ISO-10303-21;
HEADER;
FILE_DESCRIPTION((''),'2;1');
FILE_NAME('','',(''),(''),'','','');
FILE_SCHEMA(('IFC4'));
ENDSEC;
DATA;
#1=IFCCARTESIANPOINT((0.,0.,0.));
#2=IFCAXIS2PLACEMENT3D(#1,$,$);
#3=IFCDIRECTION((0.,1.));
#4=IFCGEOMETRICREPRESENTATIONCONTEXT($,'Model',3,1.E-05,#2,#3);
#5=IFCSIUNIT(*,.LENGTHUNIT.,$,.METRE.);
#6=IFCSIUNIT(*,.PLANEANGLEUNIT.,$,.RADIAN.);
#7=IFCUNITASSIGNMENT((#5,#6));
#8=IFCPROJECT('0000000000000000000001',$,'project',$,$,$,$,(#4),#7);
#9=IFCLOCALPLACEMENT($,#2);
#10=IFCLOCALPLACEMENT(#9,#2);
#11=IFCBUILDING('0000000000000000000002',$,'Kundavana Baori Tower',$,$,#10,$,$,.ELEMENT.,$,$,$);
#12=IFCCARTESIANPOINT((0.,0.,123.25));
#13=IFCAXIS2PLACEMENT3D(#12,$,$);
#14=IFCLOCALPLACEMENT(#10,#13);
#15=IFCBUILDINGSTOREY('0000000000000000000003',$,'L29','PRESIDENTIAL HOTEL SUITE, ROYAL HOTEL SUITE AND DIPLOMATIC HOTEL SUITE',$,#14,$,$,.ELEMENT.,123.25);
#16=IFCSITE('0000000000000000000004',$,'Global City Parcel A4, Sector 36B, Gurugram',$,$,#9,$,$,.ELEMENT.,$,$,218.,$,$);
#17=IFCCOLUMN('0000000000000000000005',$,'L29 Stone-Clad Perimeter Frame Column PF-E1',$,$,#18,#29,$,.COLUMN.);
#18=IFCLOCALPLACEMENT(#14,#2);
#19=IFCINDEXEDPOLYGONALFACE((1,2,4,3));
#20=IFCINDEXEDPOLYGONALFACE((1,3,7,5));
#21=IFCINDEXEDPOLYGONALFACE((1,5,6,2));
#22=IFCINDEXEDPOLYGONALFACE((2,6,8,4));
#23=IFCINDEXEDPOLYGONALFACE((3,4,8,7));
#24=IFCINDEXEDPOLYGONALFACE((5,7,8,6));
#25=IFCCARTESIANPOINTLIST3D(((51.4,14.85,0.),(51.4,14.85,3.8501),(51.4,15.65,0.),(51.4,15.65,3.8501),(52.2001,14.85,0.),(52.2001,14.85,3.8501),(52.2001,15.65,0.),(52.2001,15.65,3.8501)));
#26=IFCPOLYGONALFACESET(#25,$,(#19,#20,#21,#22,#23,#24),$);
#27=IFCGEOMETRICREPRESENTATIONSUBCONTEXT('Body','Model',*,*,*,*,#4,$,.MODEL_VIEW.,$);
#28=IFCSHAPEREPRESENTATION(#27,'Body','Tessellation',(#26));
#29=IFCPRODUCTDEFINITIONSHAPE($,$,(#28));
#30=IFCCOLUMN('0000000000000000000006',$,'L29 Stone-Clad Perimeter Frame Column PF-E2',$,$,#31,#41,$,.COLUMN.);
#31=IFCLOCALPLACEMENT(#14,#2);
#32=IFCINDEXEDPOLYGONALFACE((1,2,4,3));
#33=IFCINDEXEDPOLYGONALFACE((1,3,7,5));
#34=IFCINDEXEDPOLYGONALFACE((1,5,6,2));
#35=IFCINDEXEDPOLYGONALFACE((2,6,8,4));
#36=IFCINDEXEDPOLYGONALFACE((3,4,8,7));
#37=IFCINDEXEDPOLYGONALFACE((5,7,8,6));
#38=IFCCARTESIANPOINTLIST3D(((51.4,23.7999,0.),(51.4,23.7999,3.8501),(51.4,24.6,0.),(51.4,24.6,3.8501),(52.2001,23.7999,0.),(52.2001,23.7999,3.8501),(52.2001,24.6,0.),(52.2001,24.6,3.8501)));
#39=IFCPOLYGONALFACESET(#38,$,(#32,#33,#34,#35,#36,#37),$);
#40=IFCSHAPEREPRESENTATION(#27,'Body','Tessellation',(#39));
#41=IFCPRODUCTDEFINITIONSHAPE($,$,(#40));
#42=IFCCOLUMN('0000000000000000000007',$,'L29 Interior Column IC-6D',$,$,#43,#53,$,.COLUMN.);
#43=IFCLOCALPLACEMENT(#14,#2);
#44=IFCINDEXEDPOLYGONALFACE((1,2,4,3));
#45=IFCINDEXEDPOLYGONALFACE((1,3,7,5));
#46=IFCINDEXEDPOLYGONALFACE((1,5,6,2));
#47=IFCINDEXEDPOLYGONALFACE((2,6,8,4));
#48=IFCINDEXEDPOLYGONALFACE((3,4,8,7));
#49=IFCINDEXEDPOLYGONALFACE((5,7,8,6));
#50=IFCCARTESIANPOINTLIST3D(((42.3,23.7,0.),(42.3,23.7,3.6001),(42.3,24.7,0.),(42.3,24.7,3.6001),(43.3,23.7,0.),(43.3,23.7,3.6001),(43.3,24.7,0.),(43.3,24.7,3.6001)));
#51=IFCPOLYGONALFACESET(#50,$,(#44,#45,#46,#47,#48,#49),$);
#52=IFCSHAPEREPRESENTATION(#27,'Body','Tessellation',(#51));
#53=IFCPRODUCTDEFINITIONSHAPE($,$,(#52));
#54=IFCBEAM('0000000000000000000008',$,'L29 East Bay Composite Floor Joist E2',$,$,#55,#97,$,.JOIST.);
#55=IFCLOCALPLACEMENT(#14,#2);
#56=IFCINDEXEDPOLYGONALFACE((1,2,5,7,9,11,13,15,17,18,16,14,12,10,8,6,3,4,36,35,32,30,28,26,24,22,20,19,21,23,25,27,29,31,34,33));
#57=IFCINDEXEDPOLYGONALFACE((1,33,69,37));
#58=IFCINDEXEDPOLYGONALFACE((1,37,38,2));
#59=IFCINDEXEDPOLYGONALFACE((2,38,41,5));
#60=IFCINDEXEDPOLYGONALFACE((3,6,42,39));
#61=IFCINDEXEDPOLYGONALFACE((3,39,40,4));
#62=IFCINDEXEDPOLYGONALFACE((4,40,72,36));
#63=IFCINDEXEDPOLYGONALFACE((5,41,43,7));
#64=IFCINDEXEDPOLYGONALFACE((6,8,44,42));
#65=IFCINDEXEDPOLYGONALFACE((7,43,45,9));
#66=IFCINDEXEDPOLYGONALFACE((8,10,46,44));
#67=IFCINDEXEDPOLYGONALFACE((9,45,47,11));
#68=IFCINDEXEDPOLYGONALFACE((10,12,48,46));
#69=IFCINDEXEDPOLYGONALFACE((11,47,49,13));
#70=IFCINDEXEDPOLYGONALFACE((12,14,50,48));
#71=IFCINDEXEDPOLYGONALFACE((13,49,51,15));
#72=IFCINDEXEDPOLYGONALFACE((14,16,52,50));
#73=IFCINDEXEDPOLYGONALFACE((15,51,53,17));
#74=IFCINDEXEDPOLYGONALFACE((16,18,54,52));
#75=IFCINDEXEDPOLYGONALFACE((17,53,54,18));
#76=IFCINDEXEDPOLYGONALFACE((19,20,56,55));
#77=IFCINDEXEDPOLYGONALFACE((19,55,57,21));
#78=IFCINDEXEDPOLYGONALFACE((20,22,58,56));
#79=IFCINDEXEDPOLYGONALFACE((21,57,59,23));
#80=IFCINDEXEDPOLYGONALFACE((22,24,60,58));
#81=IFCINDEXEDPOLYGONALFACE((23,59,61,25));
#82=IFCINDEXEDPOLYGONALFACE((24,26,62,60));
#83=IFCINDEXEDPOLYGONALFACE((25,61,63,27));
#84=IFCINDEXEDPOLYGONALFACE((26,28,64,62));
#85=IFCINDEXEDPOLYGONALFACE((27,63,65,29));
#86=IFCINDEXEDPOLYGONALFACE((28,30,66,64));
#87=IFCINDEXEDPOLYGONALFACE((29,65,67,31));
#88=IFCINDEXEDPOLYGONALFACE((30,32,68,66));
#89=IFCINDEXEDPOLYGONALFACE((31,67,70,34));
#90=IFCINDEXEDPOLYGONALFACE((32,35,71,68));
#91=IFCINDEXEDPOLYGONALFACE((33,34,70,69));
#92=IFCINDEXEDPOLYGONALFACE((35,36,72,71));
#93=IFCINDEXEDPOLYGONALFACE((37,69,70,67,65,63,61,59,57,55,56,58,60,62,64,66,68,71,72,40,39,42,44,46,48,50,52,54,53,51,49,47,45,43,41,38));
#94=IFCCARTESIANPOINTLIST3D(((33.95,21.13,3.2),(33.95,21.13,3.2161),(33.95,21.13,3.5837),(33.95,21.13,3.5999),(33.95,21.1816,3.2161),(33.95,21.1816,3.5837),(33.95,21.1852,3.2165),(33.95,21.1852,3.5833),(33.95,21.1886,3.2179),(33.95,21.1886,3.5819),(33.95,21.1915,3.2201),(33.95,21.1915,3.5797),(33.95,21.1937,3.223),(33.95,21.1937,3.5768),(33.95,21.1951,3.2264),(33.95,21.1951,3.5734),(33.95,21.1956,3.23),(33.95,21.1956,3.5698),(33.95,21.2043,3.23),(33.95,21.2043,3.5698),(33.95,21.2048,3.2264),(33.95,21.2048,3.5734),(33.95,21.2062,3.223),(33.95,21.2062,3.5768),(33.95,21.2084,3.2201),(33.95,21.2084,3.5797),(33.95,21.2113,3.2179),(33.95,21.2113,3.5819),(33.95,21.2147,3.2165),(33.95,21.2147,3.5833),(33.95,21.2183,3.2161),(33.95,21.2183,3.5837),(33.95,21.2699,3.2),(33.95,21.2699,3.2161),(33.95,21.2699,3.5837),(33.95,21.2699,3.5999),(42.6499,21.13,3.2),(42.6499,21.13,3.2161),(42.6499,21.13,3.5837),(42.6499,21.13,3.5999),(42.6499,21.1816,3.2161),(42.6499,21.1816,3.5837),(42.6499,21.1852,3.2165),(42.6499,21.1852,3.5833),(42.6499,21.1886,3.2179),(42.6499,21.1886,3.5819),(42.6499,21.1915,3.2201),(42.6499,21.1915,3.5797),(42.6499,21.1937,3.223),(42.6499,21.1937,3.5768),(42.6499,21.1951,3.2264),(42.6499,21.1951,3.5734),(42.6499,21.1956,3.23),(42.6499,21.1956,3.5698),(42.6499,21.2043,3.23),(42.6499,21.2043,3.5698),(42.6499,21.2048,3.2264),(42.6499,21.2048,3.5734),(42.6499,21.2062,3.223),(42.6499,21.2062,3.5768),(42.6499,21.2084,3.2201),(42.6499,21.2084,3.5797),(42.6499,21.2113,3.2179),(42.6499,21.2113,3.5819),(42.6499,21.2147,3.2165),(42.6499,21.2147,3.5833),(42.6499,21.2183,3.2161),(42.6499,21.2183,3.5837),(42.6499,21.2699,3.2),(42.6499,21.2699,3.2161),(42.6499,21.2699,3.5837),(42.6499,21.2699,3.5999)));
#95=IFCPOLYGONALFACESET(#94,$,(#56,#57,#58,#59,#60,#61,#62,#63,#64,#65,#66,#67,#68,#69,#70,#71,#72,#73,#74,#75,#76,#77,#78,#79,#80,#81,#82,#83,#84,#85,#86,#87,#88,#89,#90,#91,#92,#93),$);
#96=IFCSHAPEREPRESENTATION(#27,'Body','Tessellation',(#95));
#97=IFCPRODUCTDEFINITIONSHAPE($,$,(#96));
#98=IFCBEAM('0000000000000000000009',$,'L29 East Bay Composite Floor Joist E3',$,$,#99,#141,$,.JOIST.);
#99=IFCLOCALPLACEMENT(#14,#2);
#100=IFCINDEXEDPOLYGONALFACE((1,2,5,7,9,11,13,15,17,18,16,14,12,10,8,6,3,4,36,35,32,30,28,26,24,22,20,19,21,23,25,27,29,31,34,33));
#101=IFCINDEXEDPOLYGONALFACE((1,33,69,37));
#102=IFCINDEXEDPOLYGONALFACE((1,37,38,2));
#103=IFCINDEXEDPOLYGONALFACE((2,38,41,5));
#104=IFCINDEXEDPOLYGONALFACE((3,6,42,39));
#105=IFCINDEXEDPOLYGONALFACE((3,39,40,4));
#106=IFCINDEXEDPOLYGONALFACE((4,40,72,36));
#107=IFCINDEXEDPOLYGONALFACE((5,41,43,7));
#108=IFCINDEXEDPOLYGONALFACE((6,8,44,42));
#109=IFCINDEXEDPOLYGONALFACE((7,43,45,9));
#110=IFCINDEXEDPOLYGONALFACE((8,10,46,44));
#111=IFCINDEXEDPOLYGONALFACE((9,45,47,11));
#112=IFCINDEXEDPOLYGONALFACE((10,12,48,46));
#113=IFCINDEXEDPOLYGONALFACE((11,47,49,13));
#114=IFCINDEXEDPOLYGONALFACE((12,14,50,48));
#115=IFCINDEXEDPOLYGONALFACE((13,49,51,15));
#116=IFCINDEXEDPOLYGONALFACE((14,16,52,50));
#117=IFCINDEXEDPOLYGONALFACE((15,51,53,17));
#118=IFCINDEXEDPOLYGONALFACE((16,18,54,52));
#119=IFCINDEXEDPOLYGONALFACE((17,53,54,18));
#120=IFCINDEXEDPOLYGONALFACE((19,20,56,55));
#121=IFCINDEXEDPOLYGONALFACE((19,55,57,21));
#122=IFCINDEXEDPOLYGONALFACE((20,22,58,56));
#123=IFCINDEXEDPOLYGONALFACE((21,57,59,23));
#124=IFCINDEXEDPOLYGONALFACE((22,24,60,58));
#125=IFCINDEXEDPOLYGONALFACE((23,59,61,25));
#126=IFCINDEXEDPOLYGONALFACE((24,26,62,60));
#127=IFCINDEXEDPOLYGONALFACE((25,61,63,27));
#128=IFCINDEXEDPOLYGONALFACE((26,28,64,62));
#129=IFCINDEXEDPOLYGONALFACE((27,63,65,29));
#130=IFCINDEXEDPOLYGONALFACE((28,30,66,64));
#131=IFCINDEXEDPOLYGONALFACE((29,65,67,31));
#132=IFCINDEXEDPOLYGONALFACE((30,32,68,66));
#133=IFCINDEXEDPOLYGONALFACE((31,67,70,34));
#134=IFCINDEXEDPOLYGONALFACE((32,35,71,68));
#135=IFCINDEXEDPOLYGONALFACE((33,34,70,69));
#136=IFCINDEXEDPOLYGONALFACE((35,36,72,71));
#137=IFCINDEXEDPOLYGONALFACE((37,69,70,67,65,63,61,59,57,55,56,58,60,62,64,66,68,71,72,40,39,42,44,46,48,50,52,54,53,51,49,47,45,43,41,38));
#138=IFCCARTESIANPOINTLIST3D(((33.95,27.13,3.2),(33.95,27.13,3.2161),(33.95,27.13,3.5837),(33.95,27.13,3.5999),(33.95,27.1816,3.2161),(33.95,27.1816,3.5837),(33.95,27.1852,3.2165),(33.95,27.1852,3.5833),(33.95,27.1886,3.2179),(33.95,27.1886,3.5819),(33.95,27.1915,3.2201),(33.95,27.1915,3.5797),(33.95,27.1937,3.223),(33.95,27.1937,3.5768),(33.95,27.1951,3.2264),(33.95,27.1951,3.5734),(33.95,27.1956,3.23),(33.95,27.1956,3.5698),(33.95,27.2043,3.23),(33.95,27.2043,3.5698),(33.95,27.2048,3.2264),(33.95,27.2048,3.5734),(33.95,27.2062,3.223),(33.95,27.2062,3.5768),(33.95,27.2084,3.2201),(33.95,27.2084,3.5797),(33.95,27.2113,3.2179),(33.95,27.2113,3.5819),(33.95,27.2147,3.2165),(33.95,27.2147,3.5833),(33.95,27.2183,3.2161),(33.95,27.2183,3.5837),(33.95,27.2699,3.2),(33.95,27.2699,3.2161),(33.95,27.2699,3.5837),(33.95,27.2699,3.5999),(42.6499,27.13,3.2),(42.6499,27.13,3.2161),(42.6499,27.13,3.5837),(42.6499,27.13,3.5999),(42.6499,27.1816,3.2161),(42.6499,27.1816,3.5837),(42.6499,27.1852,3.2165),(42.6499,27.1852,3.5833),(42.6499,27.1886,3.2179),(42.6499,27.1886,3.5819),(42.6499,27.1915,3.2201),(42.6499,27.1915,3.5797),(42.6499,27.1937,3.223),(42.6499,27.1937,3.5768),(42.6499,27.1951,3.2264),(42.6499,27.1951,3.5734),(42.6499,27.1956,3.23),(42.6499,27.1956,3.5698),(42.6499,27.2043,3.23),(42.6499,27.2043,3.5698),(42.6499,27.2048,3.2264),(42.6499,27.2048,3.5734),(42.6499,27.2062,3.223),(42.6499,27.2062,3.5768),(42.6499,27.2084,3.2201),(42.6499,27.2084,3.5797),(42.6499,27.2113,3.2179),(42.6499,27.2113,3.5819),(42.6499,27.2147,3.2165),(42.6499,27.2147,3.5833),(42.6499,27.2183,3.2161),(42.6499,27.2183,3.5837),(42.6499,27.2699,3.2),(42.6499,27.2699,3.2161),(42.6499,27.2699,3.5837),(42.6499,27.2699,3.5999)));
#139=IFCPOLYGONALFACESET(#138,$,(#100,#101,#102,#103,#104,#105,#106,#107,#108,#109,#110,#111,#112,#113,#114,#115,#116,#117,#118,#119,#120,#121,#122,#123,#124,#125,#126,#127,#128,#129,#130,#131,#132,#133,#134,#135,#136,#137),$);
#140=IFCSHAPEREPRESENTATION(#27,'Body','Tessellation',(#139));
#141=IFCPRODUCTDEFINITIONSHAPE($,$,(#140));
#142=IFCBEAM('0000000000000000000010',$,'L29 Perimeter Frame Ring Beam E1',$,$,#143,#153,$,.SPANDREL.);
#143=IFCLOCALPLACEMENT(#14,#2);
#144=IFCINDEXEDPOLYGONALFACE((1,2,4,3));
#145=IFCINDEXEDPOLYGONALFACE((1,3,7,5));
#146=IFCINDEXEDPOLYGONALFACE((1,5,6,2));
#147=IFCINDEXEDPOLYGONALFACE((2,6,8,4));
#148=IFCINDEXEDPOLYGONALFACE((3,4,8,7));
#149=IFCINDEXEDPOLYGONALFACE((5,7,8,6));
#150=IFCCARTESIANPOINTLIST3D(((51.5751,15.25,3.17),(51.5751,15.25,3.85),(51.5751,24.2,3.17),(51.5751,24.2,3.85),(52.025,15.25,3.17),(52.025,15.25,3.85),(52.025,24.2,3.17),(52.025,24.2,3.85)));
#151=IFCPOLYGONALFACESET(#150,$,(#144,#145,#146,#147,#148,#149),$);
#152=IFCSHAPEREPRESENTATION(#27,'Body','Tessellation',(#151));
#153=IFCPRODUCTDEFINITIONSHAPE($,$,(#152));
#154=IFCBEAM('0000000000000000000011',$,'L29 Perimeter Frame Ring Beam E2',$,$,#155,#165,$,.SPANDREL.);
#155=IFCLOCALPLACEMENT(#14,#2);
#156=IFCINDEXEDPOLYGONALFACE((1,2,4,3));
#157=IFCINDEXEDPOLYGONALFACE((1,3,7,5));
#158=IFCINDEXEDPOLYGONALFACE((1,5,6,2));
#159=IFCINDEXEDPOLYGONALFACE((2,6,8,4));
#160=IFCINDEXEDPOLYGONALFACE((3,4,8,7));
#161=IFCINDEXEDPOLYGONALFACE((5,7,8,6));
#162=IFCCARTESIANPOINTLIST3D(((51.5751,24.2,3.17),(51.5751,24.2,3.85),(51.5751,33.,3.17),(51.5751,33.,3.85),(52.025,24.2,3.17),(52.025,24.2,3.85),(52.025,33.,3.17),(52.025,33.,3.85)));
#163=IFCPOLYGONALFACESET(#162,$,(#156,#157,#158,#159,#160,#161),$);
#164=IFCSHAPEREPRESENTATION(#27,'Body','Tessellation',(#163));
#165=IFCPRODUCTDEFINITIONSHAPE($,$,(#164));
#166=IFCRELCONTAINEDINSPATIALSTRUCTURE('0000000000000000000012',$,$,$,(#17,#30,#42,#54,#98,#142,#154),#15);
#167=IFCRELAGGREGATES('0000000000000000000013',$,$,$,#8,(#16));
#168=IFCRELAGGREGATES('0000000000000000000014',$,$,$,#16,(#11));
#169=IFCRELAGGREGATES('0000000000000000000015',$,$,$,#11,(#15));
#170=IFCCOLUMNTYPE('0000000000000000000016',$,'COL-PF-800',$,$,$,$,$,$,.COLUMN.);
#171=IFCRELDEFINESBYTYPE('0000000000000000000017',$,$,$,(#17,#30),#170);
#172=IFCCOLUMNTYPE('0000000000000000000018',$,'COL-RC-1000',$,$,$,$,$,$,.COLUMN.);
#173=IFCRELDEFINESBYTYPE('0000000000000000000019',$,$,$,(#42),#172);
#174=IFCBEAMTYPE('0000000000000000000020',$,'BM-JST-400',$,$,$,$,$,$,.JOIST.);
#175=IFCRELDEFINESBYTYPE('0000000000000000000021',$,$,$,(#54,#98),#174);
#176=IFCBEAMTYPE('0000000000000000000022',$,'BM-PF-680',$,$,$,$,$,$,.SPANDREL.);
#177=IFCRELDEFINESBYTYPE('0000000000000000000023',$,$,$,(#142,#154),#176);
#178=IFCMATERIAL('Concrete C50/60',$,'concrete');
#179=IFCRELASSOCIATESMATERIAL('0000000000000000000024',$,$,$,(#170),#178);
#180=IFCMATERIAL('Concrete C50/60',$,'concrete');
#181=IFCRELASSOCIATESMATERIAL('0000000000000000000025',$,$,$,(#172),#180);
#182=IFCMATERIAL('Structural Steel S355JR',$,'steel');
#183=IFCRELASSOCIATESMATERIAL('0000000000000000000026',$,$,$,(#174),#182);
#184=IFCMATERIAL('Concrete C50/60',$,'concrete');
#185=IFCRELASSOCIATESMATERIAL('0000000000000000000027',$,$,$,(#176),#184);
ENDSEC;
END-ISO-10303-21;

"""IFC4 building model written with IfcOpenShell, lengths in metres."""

from ifc_helpers import new_model, si_unit, direction, frame, origin, origin_2d, place, context, subcontext, project, spatial, rectangle, i_section, extrude, material, material_profile, profile_set, type_object, element, save


model = new_model("IFC4")

# Units and contexts
model_context = context("Model", 3, precision=1e-05, world=origin(), true_north=direction((0.0, 1.0)))
body_context = subcontext(model_context, "Body", "Model", "MODEL_VIEW")
ifc_project = project(units=[si_unit("LENGTHUNIT", "METRE"), si_unit("PLANEANGLEUNIT", "RADIAN")], contexts=[model_context])

# Site, building, storey
site_placement = place(None, origin())
site = spatial("IfcSite", under=ifc_project, at=site_placement, Name="Global City Parcel A4, Sector 36B, Gurugram", CompositionType="ELEMENT", RefElevation=218.0)
building_placement = place(site_placement, origin())
building = spatial("IfcBuilding", under=site, at=building_placement, Name="Kundavana Baori Tower", CompositionType="ELEMENT")
storey_placement = place(building_placement, frame((0.0, 0.0, 123.25)))
storey = spatial("IfcBuildingStorey", under=building, at=storey_placement, Name="L29", Description="PRESIDENTIAL HOTEL SUITE, ROYAL HOTEL SUITE AND DIPLOMATIC HOTEL SUITE", CompositionType="ELEMENT", Elevation=123.25)

# Columns
ifc_material_1 = material(Name="Concrete C50/60", Category="concrete")
ifc_material_profile_1 = material_profile(ifc_material_1, rectangle(XDim=0.8, YDim=0.8, at=origin_2d()), Name="RC PF 800x800")
ifc_profile_set_1 = profile_set([ifc_material_profile_1], Name="Concrete C50/60")
column_type_1 = type_object("IfcColumnType", Name="COL-PF-800", PredefinedType="COLUMN", material=ifc_profile_set_1)
for number, where, z_axis, x_axis, name in (
    (1, (51.8, 15.25, 0.0), (0.0, 0.0, 1.0), (1.0, 0.0, 0.0), "L29 Stone-Clad Perimeter Frame Column PF-E1"),
    (2, (51.8, 24.2, 0.0), (0.0, 0.0, 1.0), (1.0, 0.0, 0.0), "L29 Stone-Clad Perimeter Frame Column PF-E2"),
):
    element("IfcColumn", number, at=place(storey_placement, frame(where, z_axis=z_axis, x_axis=x_axis)), inside=storey, type_object=column_type_1, Name=name, PredefinedType="COLUMN", context=body_context, shape_type="SweptSolid", body=[
        extrude(rectangle(XDim=0.8, YDim=0.8, at=origin_2d()), origin(), (0.0, 0.0, 1.0), 3.8501),
    ])
ifc_material_2 = material(Name="Concrete C50/60", Category="concrete")
ifc_material_profile_2 = material_profile(ifc_material_2, rectangle(XDim=1.0, YDim=1.0, at=origin_2d()), Name="RC 1000x1000")
ifc_profile_set_2 = profile_set([ifc_material_profile_2], Name="Concrete C50/60")
column_type_2 = type_object("IfcColumnType", Name="COL-RC-1000", PredefinedType="COLUMN", material=ifc_profile_set_2)
column_placement = place(storey_placement, frame((42.8, 24.2, 0.0), z_axis=(0.0, 0.0, 1.0), x_axis=(1.0, 0.0, 0.0)))
element("IfcColumn", 3, at=column_placement, inside=storey, type_object=column_type_2, Name="L29 Interior Column IC-6D", PredefinedType="COLUMN", context=body_context, shape_type="SweptSolid", body=[
    extrude(rectangle(XDim=1.0, YDim=1.0, at=origin_2d()), origin(), (0.0, 0.0, 1.0), 3.6001),
])

# Beams
ifc_material_3 = material(Name="Structural Steel S355JR", Category="steel")
ifc_material_profile_3 = material_profile(ifc_material_3, i_section(OverallWidth=0.1399, OverallDepth=0.3999, WebThickness=0.0088, FlangeThickness=0.0161, FilletRadius=0.0139, at=origin_2d()), Name="ISMB 400")
ifc_profile_set_3 = profile_set([ifc_material_profile_3], Name="Structural Steel S355JR")
beam_type_1 = type_object("IfcBeamType", Name="BM-JST-400", PredefinedType="JOIST", material=ifc_profile_set_3)
for number, where, z_axis, x_axis, name in (
    (4, (33.95, 21.2, 3.3999), (1.0, 0.0, 0.0), (0.0, 1.0, 0.0), "L29 East Bay Composite Floor Joist E2"),
    (5, (33.95, 27.2, 3.3999), (1.0, 0.0, 0.0), (0.0, 1.0, 0.0), "L29 East Bay Composite Floor Joist E3"),
):
    element("IfcBeam", number, at=place(storey_placement, frame(where, z_axis=z_axis, x_axis=x_axis)), inside=storey, type_object=beam_type_1, Name=name, PredefinedType="JOIST", context=body_context, shape_type="SweptSolid", body=[
        extrude(i_section(OverallWidth=0.1399, OverallDepth=0.3999, WebThickness=0.0088, FlangeThickness=0.0161, FilletRadius=0.0139, at=origin_2d()), origin(), (0.0, 0.0, 1.0), 8.7),
    ])
ifc_material_4 = material(Name="Concrete C50/60", Category="concrete")
ifc_material_profile_4 = material_profile(ifc_material_4, rectangle(XDim=0.45, YDim=0.6799, at=origin_2d()), Name="RC BM 450x680")
ifc_profile_set_4 = profile_set([ifc_material_profile_4], Name="Concrete C50/60")
beam_type_2 = type_object("IfcBeamType", Name="BM-PF-680", PredefinedType="SPANDREL", material=ifc_profile_set_4)
beam_1_placement = place(storey_placement, frame((51.8, 15.25, 3.51), z_axis=(0.0, 1.0, 0.0), x_axis=(-1.0, 0.0, 0.0)))
element("IfcBeam", 6, at=beam_1_placement, inside=storey, type_object=beam_type_2, Name="L29 Perimeter Frame Ring Beam E1", PredefinedType="SPANDREL", context=body_context, shape_type="SweptSolid", body=[
    extrude(rectangle(XDim=0.45, YDim=0.6799, at=origin_2d()), origin(), (0.0, 0.0, 1.0), 8.95),
])
beam_2_placement = place(storey_placement, frame((51.8, 24.2, 3.51), z_axis=(0.0, 1.0, 0.0), x_axis=(-1.0, 0.0, 0.0)))
element("IfcBeam", 7, at=beam_2_placement, inside=storey, type_object=beam_type_2, Name="L29 Perimeter Frame Ring Beam E2", PredefinedType="SPANDREL", context=body_context, shape_type="SweptSolid", body=[
    extrude(rectangle(XDim=0.45, YDim=0.6799, at=origin_2d()), origin(), (0.0, 0.0, 1.0), 8.8),
])

save(model, "model.ifc")
